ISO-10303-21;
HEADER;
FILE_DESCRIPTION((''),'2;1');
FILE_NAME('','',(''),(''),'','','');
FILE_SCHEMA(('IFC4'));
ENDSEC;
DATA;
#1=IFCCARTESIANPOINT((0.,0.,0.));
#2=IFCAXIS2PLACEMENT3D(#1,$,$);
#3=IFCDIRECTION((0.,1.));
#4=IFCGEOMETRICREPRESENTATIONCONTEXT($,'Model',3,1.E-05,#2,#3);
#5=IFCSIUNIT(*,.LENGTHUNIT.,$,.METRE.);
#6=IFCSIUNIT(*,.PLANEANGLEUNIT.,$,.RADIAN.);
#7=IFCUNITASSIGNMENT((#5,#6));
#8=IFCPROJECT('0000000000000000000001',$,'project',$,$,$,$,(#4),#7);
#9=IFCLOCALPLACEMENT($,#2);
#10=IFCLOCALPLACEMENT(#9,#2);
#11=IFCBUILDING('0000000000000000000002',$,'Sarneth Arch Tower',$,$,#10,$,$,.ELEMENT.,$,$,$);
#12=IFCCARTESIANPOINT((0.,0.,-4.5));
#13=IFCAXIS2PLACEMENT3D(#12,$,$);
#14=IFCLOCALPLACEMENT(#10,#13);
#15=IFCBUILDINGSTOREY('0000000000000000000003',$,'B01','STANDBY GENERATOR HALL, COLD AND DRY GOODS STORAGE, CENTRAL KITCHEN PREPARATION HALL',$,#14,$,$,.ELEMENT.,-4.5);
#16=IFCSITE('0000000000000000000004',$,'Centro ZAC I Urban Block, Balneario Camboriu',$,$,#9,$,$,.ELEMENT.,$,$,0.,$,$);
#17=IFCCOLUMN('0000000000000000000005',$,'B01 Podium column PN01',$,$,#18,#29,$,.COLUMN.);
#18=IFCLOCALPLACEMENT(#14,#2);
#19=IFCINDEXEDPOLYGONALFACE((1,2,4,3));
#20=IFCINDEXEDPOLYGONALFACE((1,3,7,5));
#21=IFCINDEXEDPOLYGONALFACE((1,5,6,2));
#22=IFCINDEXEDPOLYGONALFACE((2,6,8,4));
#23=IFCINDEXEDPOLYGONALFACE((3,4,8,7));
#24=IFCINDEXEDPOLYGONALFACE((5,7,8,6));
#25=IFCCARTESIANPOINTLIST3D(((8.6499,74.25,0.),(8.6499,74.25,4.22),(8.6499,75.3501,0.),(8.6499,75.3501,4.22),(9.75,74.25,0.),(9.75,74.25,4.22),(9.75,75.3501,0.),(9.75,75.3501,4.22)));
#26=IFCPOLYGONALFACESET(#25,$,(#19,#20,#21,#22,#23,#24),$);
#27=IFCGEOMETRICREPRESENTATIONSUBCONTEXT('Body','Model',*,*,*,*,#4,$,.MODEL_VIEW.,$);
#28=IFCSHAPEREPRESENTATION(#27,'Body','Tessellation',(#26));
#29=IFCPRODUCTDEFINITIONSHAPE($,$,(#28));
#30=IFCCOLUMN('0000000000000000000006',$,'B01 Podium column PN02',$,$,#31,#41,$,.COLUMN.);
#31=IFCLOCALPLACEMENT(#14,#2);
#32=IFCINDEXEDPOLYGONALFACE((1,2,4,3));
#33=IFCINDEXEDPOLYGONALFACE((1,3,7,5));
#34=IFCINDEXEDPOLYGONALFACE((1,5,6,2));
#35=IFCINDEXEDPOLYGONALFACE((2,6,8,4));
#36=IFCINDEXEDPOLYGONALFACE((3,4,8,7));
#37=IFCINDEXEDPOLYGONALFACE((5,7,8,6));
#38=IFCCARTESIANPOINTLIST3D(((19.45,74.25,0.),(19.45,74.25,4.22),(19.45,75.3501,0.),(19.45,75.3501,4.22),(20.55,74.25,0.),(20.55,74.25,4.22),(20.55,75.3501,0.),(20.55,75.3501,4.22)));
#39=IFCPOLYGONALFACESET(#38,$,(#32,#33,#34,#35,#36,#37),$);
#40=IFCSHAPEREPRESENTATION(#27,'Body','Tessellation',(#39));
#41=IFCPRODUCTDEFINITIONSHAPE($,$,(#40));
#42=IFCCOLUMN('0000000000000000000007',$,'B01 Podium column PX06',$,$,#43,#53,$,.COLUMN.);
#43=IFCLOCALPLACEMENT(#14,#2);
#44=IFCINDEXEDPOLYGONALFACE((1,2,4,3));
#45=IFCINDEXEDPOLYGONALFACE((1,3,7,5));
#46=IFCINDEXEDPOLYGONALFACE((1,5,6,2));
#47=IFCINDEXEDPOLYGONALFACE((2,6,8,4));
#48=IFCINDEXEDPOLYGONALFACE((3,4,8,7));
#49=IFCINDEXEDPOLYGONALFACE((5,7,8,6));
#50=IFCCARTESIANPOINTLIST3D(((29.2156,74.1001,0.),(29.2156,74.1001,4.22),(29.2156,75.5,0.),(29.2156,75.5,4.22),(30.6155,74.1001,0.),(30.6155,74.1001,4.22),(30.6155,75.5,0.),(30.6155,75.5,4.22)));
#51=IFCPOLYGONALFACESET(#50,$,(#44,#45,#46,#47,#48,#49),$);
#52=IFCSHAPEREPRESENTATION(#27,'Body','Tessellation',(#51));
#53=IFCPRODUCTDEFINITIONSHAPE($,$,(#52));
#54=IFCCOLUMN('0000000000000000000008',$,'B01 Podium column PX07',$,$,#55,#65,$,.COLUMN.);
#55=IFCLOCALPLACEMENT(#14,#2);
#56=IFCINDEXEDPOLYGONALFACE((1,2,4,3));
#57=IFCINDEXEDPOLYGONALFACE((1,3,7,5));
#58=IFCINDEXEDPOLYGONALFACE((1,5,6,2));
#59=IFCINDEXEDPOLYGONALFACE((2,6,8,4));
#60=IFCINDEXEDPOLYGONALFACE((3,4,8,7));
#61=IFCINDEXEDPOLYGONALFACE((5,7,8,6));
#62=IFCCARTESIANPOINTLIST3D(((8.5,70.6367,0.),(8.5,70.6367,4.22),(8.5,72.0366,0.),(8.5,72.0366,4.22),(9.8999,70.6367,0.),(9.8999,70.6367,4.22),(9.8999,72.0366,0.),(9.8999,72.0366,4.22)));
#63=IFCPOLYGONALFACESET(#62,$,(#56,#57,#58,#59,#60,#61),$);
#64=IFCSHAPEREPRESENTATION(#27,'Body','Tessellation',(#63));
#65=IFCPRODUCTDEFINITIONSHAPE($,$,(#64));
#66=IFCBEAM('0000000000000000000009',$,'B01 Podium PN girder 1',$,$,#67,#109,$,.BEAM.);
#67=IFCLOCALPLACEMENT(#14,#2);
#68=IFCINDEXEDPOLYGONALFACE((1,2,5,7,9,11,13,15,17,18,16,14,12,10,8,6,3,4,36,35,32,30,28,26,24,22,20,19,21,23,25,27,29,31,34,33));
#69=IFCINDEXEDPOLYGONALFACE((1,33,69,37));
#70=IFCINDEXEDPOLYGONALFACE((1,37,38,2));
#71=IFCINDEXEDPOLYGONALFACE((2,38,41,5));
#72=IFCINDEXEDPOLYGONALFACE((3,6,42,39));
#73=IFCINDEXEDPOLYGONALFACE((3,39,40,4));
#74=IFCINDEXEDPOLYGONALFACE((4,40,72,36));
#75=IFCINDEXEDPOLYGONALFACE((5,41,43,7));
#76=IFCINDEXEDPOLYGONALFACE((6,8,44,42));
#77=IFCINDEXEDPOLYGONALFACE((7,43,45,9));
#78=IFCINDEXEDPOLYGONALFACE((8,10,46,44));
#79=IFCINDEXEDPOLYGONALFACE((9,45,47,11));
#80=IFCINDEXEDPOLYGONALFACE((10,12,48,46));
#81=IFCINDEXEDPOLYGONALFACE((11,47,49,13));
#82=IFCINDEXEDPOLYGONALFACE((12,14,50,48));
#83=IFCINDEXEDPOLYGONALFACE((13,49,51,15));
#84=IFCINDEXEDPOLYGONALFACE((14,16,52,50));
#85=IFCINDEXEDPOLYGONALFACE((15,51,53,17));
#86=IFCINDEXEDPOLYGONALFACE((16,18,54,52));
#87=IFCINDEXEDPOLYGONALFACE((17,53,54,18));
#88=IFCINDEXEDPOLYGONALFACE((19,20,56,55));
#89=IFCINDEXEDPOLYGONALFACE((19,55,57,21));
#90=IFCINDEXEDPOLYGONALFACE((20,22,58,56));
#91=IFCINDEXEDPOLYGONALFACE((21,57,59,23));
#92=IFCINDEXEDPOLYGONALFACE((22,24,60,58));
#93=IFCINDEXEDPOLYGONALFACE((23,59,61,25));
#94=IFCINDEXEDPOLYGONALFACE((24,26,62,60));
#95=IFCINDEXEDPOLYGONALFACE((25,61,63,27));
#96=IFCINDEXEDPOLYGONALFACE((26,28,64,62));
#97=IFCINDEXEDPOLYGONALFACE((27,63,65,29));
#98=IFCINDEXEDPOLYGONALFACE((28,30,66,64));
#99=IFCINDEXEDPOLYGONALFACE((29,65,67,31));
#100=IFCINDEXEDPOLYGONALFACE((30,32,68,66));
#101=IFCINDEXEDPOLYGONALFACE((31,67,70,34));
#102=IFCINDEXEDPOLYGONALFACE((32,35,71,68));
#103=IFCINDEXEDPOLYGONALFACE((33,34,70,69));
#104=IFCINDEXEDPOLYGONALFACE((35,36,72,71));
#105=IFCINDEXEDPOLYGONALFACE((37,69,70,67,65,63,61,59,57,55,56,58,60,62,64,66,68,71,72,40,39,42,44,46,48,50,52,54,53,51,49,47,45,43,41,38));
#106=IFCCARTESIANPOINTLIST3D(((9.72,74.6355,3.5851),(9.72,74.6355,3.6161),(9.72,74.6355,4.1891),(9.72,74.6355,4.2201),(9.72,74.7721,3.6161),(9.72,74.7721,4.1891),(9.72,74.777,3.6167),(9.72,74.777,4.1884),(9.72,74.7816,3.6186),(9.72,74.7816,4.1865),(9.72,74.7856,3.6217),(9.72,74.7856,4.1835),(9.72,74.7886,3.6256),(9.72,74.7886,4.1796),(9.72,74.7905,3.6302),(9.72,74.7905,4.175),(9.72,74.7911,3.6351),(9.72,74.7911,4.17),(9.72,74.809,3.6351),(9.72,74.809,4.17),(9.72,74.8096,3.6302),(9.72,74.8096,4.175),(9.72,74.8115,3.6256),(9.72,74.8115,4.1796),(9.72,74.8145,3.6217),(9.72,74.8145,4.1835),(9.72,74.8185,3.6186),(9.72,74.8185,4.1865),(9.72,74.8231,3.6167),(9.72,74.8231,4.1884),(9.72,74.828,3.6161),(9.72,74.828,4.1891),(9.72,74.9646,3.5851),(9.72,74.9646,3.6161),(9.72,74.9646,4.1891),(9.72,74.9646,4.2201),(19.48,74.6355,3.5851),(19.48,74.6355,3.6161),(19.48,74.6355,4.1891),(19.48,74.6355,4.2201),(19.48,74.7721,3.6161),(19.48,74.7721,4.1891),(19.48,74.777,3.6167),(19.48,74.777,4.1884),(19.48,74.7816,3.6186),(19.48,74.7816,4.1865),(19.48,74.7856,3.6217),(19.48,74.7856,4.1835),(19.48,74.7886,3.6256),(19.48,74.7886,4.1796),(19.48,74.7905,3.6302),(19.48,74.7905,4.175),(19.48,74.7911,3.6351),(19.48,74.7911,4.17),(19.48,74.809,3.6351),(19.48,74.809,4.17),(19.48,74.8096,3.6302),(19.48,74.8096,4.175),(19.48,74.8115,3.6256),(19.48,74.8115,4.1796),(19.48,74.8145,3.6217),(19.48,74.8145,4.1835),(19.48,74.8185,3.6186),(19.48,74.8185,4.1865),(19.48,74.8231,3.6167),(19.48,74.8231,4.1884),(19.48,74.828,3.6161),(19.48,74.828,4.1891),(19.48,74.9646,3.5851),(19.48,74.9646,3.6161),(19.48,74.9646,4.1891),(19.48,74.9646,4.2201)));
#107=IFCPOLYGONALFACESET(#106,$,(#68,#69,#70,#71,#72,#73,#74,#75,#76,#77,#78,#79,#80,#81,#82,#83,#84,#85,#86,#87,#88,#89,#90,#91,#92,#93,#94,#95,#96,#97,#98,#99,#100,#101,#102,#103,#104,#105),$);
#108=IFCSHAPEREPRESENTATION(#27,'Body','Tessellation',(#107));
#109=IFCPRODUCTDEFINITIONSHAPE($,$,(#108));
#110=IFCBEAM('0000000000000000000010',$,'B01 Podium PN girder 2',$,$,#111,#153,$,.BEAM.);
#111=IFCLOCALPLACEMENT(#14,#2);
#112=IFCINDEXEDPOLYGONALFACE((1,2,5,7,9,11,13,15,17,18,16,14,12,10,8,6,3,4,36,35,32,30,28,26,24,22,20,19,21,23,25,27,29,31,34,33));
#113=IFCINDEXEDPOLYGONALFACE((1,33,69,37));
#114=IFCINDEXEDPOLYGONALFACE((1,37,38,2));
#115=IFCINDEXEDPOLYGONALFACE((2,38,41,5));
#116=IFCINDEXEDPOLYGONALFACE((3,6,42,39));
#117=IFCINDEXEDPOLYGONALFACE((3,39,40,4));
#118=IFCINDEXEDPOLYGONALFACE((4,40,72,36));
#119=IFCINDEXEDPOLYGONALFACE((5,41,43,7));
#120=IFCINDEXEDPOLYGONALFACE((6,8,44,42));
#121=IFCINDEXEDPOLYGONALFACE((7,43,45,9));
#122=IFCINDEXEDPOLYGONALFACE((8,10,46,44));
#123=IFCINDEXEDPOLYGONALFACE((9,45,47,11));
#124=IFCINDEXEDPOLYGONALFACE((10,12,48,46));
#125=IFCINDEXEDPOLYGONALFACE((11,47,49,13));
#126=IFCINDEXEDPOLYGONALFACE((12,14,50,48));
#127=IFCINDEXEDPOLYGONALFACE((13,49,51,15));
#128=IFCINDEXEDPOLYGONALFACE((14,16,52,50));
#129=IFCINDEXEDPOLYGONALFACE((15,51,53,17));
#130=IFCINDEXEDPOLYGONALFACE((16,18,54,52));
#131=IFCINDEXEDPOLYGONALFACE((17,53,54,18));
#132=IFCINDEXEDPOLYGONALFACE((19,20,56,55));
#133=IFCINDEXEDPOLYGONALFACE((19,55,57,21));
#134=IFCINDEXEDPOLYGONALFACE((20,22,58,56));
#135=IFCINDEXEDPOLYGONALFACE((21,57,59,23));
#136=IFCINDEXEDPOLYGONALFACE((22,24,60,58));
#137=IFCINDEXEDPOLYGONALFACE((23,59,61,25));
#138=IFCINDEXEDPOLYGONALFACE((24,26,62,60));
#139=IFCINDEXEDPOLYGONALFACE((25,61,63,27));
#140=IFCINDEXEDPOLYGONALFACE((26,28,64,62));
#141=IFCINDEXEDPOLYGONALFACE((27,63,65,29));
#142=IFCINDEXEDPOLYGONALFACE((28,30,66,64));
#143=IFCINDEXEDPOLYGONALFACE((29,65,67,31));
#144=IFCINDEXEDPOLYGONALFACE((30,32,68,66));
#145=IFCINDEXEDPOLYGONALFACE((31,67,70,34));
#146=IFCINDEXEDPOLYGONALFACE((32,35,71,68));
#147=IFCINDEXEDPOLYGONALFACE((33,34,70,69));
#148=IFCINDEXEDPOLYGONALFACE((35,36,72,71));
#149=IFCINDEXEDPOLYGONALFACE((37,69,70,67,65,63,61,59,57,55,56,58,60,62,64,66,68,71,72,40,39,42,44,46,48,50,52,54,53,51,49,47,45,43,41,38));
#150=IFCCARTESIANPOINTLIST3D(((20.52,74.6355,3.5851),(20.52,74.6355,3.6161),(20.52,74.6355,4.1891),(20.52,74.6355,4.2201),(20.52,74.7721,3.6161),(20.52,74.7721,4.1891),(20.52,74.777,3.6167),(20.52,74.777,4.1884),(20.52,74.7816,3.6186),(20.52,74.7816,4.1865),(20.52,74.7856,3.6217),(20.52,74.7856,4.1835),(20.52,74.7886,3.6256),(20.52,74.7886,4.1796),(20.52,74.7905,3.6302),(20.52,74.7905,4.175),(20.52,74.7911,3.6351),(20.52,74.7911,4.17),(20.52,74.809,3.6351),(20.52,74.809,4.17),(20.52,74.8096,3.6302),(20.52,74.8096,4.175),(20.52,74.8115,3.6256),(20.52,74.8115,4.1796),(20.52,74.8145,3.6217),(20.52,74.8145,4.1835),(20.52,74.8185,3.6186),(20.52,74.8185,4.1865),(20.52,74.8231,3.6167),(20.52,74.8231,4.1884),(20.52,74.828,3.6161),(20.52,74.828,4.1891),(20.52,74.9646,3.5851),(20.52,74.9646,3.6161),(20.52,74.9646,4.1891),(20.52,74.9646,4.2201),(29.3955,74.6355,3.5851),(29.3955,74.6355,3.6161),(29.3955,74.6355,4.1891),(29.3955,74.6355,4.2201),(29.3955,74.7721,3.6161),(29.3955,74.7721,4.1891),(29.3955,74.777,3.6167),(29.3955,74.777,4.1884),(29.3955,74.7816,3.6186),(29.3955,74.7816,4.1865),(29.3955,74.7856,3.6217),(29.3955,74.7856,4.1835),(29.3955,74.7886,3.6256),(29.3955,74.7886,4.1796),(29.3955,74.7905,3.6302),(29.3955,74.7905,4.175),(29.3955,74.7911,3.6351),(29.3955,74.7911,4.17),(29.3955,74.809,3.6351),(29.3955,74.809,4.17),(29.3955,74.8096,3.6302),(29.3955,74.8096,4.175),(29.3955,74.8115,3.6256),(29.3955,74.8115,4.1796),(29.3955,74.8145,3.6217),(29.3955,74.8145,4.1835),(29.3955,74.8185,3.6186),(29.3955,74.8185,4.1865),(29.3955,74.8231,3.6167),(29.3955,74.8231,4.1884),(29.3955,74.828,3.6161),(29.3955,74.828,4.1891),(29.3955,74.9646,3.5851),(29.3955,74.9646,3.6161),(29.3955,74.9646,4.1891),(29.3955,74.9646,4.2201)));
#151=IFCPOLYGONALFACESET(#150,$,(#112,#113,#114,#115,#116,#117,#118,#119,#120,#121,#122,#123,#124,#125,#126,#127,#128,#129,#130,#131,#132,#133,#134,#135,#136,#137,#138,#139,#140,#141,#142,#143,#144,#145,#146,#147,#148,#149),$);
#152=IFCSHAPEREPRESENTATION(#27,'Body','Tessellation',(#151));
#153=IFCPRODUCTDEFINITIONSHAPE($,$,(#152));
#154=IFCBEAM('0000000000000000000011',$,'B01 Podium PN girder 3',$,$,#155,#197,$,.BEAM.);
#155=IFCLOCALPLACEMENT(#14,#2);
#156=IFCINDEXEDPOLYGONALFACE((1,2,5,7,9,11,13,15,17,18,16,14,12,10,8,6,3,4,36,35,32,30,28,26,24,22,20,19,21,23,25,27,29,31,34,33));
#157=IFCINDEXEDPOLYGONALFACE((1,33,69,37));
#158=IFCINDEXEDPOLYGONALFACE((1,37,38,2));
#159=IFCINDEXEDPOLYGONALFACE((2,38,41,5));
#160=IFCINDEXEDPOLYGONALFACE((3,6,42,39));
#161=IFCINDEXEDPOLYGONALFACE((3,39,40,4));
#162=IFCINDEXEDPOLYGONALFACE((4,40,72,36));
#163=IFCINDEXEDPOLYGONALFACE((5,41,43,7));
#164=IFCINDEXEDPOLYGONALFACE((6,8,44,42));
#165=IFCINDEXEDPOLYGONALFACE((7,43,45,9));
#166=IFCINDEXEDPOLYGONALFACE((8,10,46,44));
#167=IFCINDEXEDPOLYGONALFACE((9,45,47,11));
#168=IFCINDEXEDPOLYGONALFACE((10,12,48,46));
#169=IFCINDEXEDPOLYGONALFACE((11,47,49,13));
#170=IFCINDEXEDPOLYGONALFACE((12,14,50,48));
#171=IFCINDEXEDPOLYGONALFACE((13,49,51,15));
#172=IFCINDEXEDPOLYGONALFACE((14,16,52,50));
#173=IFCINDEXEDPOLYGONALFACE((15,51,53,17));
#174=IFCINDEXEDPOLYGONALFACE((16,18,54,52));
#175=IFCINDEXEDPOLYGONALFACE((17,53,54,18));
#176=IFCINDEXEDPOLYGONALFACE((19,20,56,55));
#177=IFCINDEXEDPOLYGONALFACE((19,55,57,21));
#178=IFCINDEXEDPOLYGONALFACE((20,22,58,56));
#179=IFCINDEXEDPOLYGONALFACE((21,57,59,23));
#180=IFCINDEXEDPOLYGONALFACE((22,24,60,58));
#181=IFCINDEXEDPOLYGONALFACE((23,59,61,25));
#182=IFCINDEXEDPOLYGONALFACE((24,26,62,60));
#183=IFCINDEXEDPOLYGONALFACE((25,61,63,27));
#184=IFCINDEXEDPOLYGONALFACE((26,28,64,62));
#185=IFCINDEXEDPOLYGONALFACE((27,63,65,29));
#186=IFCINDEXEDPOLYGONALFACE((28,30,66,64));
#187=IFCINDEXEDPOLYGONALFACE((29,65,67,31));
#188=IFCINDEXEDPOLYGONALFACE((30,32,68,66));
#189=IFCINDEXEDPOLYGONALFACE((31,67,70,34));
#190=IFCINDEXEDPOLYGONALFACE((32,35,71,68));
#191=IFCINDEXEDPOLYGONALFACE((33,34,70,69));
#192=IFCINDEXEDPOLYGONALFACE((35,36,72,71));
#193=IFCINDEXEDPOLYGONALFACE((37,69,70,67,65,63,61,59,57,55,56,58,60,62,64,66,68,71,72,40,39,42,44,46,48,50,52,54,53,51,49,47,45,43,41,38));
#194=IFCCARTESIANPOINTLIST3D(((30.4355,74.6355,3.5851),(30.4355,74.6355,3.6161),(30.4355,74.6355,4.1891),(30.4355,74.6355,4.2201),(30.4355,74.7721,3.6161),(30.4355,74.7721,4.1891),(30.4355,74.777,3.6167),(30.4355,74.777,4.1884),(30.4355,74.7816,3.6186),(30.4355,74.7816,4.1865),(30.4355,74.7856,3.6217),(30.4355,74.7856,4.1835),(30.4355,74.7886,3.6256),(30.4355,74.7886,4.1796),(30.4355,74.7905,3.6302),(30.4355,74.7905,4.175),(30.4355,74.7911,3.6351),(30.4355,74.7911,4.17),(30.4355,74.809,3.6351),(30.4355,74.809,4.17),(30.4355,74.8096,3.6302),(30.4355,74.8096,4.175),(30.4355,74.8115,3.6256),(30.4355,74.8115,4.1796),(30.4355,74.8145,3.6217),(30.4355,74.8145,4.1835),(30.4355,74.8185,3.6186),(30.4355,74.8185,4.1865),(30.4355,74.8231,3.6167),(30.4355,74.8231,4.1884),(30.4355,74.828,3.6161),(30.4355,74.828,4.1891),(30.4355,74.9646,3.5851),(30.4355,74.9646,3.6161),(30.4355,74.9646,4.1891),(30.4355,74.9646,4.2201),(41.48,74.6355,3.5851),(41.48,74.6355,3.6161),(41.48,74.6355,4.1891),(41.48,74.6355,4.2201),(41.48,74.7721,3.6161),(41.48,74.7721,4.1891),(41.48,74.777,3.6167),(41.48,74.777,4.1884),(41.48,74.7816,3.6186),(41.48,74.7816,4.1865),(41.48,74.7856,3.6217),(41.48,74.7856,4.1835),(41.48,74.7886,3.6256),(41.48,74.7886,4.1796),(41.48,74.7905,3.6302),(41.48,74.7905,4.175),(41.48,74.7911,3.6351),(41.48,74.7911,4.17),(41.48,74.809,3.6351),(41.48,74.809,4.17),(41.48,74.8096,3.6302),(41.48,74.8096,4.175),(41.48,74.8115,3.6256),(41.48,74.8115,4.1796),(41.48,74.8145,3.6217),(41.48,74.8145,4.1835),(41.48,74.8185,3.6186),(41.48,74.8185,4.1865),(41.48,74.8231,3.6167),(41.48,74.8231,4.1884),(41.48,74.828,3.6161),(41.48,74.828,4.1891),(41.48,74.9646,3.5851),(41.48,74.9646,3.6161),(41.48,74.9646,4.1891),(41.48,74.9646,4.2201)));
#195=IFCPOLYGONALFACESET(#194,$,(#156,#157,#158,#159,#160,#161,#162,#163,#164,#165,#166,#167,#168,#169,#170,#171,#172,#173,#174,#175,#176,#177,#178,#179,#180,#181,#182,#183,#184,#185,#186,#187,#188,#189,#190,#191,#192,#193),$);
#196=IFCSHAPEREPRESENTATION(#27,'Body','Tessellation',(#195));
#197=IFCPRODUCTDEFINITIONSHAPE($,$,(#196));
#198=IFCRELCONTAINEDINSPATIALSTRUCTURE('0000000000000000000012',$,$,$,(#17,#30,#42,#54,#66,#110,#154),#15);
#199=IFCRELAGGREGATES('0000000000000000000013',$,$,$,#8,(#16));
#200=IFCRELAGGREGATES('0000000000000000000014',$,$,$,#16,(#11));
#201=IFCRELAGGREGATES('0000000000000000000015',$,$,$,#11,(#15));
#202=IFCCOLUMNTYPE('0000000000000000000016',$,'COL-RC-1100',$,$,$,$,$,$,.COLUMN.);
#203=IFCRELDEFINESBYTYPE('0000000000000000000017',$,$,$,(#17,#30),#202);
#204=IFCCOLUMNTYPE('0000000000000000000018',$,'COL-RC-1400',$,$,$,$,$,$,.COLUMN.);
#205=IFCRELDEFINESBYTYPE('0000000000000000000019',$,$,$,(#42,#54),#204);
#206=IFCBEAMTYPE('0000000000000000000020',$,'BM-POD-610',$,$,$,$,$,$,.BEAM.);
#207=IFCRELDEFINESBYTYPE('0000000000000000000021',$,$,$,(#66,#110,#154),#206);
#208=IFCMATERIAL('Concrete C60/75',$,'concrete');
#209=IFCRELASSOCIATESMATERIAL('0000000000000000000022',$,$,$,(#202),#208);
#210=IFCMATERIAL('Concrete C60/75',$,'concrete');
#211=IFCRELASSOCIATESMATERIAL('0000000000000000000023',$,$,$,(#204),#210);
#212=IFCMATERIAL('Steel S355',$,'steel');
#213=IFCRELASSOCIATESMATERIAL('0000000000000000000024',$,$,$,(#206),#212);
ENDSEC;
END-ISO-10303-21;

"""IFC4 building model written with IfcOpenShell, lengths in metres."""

from ifc_helpers import new_model, si_unit, direction, frame, origin, origin_2d, place, context, subcontext, project, spatial, rectangle, i_section, extrude, material, material_profile, profile_set, type_object, element, save


model = new_model("IFC4")

# Units and contexts
model_context = context("Model", 3, precision=1e-05, world=origin(), true_north=direction((0.0, 1.0)))
body_context = subcontext(model_context, "Body", "Model", "MODEL_VIEW")
ifc_project = project(units=[si_unit("LENGTHUNIT", "METRE"), si_unit("PLANEANGLEUNIT", "RADIAN")], contexts=[model_context])

# Site, building, storey
site_placement = place(None, origin())
site = spatial("IfcSite", under=ifc_project, at=site_placement, Name="Centro ZAC I Urban Block, Balneario Camboriu", CompositionType="ELEMENT", RefElevation=0.0)
building_placement = place(site_placement, origin())
building = spatial("IfcBuilding", under=site, at=building_placement, Name="Sarneth Arch Tower", CompositionType="ELEMENT")
storey_placement = place(building_placement, frame((0.0, 0.0, -4.5)))
storey = spatial("IfcBuildingStorey", under=building, at=storey_placement, Name="B01", Description="STANDBY GENERATOR HALL, COLD AND DRY GOODS STORAGE, CENTRAL KITCHEN PREPARATION HALL", CompositionType="ELEMENT", Elevation=-4.5)

# Columns
ifc_material_1 = material(Name="Concrete C60/75", Category="concrete")
ifc_material_profile_1 = material_profile(ifc_material_1, rectangle(XDim=1.1001, YDim=1.1001, at=origin_2d()), Name="RC-1100x1100")
ifc_profile_set_1 = profile_set([ifc_material_profile_1], Name="Concrete C60/75")
column_type_1 = type_object("IfcColumnType", Name="COL-RC-1100", PredefinedType="COLUMN", material=ifc_profile_set_1)
for number, where, z_axis, x_axis, name in (
    (1, (9.2, 74.8, 0.0), (0.0, 0.0, 1.0), (1.0, 0.0, 0.0), "B01 Podium column PN01"),
    (2, (20.0, 74.8, 0.0), (0.0, 0.0, 1.0), (1.0, 0.0, 0.0), "B01 Podium column PN02"),
):
    element("IfcColumn", number, at=place(storey_placement, frame(where, z_axis=z_axis, x_axis=x_axis)), inside=storey, type_object=column_type_1, Name=name, PredefinedType="COLUMN", context=body_context, shape_type="SweptSolid", body=[
        extrude(rectangle(XDim=1.1001, YDim=1.1001, at=origin_2d()), origin(), (0.0, 0.0, 1.0), 4.22),
    ])
ifc_material_2 = material(Name="Concrete C60/75", Category="concrete")
ifc_material_profile_2 = material_profile(ifc_material_2, rectangle(XDim=1.3999, YDim=1.3999, at=origin_2d()), Name="RC-1400x1400")
ifc_profile_set_2 = profile_set([ifc_material_profile_2], Name="Concrete C60/75")
column_type_2 = type_object("IfcColumnType", Name="COL-RC-1400", PredefinedType="COLUMN", material=ifc_profile_set_2)
for number, where, z_axis, x_axis, name in (
    (3, (29.9155, 74.8, 0.0), (0.0, 0.0, 1.0), (1.0, 0.0, 0.0), "B01 Podium column PX06"),
    (4, (9.2, 71.3367, 0.0), (0.0, 0.0, 1.0), (1.0, 0.0, 0.0), "B01 Podium column PX07"),
):
    element("IfcColumn", number, at=place(storey_placement, frame(where, z_axis=z_axis, x_axis=x_axis)), inside=storey, type_object=column_type_2, Name=name, PredefinedType="COLUMN", context=body_context, shape_type="SweptSolid", body=[
        extrude(rectangle(XDim=1.3999, YDim=1.3999, at=origin_2d()), origin(), (0.0, 0.0, 1.0), 4.22),
    ])

# Beams
ifc_material_3 = material(Name="Steel S355", Category="steel")
ifc_material_profile_3 = material_profile(ifc_material_3, i_section(OverallWidth=0.3291, OverallDepth=0.635, WebThickness=0.0178, FlangeThickness=0.031, FilletRadius=0.019, at=origin_2d()), Name="W610x241")
ifc_profile_set_3 = profile_set([ifc_material_profile_3], Name="Steel S355")
beam_type = type_object("IfcBeamType", Name="BM-POD-610", PredefinedType="BEAM", material=ifc_profile_set_3)
beam_1_placement = place(storey_placement, frame((9.72, 74.8, 3.9026), z_axis=(1.0, 0.0, 0.0), x_axis=(0.0, 1.0, 0.0)))
element("IfcBeam", 5, at=beam_1_placement, inside=storey, type_object=beam_type, Name="B01 Podium PN girder 1", PredefinedType="BEAM", context=body_context, shape_type="SweptSolid", body=[
    extrude(i_section(OverallWidth=0.3291, OverallDepth=0.635, WebThickness=0.0178, FlangeThickness=0.031, FilletRadius=0.019, at=origin_2d()), origin(), (0.0, 0.0, 1.0), 9.76),
])
beam_2_placement = place(storey_placement, frame((20.52, 74.8, 3.9026), z_axis=(1.0, 0.0, 0.0), x_axis=(0.0, 1.0, 0.0)))
element("IfcBeam", 6, at=beam_2_placement, inside=storey, type_object=beam_type, Name="B01 Podium PN girder 2", PredefinedType="BEAM", context=body_context, shape_type="SweptSolid", body=[
    extrude(i_section(OverallWidth=0.3291, OverallDepth=0.635, WebThickness=0.0178, FlangeThickness=0.031, FilletRadius=0.019, at=origin_2d()), origin(), (0.0, 0.0, 1.0), 8.8755),
])
beam_3_placement = place(storey_placement, frame((30.4355, 74.8, 3.9026), z_axis=(1.0, 0.0, 0.0), x_axis=(0.0, 1.0, 0.0)))
element("IfcBeam", 7, at=beam_3_placement, inside=storey, type_object=beam_type, Name="B01 Podium PN girder 3", PredefinedType="BEAM", context=body_context, shape_type="SweptSolid", body=[
    extrude(i_section(OverallWidth=0.3291, OverallDepth=0.635, WebThickness=0.0178, FlangeThickness=0.031, FilletRadius=0.019, at=origin_2d()), origin(), (0.0, 0.0, 1.0), 11.0444),
])

save(model, "model.ifc")
